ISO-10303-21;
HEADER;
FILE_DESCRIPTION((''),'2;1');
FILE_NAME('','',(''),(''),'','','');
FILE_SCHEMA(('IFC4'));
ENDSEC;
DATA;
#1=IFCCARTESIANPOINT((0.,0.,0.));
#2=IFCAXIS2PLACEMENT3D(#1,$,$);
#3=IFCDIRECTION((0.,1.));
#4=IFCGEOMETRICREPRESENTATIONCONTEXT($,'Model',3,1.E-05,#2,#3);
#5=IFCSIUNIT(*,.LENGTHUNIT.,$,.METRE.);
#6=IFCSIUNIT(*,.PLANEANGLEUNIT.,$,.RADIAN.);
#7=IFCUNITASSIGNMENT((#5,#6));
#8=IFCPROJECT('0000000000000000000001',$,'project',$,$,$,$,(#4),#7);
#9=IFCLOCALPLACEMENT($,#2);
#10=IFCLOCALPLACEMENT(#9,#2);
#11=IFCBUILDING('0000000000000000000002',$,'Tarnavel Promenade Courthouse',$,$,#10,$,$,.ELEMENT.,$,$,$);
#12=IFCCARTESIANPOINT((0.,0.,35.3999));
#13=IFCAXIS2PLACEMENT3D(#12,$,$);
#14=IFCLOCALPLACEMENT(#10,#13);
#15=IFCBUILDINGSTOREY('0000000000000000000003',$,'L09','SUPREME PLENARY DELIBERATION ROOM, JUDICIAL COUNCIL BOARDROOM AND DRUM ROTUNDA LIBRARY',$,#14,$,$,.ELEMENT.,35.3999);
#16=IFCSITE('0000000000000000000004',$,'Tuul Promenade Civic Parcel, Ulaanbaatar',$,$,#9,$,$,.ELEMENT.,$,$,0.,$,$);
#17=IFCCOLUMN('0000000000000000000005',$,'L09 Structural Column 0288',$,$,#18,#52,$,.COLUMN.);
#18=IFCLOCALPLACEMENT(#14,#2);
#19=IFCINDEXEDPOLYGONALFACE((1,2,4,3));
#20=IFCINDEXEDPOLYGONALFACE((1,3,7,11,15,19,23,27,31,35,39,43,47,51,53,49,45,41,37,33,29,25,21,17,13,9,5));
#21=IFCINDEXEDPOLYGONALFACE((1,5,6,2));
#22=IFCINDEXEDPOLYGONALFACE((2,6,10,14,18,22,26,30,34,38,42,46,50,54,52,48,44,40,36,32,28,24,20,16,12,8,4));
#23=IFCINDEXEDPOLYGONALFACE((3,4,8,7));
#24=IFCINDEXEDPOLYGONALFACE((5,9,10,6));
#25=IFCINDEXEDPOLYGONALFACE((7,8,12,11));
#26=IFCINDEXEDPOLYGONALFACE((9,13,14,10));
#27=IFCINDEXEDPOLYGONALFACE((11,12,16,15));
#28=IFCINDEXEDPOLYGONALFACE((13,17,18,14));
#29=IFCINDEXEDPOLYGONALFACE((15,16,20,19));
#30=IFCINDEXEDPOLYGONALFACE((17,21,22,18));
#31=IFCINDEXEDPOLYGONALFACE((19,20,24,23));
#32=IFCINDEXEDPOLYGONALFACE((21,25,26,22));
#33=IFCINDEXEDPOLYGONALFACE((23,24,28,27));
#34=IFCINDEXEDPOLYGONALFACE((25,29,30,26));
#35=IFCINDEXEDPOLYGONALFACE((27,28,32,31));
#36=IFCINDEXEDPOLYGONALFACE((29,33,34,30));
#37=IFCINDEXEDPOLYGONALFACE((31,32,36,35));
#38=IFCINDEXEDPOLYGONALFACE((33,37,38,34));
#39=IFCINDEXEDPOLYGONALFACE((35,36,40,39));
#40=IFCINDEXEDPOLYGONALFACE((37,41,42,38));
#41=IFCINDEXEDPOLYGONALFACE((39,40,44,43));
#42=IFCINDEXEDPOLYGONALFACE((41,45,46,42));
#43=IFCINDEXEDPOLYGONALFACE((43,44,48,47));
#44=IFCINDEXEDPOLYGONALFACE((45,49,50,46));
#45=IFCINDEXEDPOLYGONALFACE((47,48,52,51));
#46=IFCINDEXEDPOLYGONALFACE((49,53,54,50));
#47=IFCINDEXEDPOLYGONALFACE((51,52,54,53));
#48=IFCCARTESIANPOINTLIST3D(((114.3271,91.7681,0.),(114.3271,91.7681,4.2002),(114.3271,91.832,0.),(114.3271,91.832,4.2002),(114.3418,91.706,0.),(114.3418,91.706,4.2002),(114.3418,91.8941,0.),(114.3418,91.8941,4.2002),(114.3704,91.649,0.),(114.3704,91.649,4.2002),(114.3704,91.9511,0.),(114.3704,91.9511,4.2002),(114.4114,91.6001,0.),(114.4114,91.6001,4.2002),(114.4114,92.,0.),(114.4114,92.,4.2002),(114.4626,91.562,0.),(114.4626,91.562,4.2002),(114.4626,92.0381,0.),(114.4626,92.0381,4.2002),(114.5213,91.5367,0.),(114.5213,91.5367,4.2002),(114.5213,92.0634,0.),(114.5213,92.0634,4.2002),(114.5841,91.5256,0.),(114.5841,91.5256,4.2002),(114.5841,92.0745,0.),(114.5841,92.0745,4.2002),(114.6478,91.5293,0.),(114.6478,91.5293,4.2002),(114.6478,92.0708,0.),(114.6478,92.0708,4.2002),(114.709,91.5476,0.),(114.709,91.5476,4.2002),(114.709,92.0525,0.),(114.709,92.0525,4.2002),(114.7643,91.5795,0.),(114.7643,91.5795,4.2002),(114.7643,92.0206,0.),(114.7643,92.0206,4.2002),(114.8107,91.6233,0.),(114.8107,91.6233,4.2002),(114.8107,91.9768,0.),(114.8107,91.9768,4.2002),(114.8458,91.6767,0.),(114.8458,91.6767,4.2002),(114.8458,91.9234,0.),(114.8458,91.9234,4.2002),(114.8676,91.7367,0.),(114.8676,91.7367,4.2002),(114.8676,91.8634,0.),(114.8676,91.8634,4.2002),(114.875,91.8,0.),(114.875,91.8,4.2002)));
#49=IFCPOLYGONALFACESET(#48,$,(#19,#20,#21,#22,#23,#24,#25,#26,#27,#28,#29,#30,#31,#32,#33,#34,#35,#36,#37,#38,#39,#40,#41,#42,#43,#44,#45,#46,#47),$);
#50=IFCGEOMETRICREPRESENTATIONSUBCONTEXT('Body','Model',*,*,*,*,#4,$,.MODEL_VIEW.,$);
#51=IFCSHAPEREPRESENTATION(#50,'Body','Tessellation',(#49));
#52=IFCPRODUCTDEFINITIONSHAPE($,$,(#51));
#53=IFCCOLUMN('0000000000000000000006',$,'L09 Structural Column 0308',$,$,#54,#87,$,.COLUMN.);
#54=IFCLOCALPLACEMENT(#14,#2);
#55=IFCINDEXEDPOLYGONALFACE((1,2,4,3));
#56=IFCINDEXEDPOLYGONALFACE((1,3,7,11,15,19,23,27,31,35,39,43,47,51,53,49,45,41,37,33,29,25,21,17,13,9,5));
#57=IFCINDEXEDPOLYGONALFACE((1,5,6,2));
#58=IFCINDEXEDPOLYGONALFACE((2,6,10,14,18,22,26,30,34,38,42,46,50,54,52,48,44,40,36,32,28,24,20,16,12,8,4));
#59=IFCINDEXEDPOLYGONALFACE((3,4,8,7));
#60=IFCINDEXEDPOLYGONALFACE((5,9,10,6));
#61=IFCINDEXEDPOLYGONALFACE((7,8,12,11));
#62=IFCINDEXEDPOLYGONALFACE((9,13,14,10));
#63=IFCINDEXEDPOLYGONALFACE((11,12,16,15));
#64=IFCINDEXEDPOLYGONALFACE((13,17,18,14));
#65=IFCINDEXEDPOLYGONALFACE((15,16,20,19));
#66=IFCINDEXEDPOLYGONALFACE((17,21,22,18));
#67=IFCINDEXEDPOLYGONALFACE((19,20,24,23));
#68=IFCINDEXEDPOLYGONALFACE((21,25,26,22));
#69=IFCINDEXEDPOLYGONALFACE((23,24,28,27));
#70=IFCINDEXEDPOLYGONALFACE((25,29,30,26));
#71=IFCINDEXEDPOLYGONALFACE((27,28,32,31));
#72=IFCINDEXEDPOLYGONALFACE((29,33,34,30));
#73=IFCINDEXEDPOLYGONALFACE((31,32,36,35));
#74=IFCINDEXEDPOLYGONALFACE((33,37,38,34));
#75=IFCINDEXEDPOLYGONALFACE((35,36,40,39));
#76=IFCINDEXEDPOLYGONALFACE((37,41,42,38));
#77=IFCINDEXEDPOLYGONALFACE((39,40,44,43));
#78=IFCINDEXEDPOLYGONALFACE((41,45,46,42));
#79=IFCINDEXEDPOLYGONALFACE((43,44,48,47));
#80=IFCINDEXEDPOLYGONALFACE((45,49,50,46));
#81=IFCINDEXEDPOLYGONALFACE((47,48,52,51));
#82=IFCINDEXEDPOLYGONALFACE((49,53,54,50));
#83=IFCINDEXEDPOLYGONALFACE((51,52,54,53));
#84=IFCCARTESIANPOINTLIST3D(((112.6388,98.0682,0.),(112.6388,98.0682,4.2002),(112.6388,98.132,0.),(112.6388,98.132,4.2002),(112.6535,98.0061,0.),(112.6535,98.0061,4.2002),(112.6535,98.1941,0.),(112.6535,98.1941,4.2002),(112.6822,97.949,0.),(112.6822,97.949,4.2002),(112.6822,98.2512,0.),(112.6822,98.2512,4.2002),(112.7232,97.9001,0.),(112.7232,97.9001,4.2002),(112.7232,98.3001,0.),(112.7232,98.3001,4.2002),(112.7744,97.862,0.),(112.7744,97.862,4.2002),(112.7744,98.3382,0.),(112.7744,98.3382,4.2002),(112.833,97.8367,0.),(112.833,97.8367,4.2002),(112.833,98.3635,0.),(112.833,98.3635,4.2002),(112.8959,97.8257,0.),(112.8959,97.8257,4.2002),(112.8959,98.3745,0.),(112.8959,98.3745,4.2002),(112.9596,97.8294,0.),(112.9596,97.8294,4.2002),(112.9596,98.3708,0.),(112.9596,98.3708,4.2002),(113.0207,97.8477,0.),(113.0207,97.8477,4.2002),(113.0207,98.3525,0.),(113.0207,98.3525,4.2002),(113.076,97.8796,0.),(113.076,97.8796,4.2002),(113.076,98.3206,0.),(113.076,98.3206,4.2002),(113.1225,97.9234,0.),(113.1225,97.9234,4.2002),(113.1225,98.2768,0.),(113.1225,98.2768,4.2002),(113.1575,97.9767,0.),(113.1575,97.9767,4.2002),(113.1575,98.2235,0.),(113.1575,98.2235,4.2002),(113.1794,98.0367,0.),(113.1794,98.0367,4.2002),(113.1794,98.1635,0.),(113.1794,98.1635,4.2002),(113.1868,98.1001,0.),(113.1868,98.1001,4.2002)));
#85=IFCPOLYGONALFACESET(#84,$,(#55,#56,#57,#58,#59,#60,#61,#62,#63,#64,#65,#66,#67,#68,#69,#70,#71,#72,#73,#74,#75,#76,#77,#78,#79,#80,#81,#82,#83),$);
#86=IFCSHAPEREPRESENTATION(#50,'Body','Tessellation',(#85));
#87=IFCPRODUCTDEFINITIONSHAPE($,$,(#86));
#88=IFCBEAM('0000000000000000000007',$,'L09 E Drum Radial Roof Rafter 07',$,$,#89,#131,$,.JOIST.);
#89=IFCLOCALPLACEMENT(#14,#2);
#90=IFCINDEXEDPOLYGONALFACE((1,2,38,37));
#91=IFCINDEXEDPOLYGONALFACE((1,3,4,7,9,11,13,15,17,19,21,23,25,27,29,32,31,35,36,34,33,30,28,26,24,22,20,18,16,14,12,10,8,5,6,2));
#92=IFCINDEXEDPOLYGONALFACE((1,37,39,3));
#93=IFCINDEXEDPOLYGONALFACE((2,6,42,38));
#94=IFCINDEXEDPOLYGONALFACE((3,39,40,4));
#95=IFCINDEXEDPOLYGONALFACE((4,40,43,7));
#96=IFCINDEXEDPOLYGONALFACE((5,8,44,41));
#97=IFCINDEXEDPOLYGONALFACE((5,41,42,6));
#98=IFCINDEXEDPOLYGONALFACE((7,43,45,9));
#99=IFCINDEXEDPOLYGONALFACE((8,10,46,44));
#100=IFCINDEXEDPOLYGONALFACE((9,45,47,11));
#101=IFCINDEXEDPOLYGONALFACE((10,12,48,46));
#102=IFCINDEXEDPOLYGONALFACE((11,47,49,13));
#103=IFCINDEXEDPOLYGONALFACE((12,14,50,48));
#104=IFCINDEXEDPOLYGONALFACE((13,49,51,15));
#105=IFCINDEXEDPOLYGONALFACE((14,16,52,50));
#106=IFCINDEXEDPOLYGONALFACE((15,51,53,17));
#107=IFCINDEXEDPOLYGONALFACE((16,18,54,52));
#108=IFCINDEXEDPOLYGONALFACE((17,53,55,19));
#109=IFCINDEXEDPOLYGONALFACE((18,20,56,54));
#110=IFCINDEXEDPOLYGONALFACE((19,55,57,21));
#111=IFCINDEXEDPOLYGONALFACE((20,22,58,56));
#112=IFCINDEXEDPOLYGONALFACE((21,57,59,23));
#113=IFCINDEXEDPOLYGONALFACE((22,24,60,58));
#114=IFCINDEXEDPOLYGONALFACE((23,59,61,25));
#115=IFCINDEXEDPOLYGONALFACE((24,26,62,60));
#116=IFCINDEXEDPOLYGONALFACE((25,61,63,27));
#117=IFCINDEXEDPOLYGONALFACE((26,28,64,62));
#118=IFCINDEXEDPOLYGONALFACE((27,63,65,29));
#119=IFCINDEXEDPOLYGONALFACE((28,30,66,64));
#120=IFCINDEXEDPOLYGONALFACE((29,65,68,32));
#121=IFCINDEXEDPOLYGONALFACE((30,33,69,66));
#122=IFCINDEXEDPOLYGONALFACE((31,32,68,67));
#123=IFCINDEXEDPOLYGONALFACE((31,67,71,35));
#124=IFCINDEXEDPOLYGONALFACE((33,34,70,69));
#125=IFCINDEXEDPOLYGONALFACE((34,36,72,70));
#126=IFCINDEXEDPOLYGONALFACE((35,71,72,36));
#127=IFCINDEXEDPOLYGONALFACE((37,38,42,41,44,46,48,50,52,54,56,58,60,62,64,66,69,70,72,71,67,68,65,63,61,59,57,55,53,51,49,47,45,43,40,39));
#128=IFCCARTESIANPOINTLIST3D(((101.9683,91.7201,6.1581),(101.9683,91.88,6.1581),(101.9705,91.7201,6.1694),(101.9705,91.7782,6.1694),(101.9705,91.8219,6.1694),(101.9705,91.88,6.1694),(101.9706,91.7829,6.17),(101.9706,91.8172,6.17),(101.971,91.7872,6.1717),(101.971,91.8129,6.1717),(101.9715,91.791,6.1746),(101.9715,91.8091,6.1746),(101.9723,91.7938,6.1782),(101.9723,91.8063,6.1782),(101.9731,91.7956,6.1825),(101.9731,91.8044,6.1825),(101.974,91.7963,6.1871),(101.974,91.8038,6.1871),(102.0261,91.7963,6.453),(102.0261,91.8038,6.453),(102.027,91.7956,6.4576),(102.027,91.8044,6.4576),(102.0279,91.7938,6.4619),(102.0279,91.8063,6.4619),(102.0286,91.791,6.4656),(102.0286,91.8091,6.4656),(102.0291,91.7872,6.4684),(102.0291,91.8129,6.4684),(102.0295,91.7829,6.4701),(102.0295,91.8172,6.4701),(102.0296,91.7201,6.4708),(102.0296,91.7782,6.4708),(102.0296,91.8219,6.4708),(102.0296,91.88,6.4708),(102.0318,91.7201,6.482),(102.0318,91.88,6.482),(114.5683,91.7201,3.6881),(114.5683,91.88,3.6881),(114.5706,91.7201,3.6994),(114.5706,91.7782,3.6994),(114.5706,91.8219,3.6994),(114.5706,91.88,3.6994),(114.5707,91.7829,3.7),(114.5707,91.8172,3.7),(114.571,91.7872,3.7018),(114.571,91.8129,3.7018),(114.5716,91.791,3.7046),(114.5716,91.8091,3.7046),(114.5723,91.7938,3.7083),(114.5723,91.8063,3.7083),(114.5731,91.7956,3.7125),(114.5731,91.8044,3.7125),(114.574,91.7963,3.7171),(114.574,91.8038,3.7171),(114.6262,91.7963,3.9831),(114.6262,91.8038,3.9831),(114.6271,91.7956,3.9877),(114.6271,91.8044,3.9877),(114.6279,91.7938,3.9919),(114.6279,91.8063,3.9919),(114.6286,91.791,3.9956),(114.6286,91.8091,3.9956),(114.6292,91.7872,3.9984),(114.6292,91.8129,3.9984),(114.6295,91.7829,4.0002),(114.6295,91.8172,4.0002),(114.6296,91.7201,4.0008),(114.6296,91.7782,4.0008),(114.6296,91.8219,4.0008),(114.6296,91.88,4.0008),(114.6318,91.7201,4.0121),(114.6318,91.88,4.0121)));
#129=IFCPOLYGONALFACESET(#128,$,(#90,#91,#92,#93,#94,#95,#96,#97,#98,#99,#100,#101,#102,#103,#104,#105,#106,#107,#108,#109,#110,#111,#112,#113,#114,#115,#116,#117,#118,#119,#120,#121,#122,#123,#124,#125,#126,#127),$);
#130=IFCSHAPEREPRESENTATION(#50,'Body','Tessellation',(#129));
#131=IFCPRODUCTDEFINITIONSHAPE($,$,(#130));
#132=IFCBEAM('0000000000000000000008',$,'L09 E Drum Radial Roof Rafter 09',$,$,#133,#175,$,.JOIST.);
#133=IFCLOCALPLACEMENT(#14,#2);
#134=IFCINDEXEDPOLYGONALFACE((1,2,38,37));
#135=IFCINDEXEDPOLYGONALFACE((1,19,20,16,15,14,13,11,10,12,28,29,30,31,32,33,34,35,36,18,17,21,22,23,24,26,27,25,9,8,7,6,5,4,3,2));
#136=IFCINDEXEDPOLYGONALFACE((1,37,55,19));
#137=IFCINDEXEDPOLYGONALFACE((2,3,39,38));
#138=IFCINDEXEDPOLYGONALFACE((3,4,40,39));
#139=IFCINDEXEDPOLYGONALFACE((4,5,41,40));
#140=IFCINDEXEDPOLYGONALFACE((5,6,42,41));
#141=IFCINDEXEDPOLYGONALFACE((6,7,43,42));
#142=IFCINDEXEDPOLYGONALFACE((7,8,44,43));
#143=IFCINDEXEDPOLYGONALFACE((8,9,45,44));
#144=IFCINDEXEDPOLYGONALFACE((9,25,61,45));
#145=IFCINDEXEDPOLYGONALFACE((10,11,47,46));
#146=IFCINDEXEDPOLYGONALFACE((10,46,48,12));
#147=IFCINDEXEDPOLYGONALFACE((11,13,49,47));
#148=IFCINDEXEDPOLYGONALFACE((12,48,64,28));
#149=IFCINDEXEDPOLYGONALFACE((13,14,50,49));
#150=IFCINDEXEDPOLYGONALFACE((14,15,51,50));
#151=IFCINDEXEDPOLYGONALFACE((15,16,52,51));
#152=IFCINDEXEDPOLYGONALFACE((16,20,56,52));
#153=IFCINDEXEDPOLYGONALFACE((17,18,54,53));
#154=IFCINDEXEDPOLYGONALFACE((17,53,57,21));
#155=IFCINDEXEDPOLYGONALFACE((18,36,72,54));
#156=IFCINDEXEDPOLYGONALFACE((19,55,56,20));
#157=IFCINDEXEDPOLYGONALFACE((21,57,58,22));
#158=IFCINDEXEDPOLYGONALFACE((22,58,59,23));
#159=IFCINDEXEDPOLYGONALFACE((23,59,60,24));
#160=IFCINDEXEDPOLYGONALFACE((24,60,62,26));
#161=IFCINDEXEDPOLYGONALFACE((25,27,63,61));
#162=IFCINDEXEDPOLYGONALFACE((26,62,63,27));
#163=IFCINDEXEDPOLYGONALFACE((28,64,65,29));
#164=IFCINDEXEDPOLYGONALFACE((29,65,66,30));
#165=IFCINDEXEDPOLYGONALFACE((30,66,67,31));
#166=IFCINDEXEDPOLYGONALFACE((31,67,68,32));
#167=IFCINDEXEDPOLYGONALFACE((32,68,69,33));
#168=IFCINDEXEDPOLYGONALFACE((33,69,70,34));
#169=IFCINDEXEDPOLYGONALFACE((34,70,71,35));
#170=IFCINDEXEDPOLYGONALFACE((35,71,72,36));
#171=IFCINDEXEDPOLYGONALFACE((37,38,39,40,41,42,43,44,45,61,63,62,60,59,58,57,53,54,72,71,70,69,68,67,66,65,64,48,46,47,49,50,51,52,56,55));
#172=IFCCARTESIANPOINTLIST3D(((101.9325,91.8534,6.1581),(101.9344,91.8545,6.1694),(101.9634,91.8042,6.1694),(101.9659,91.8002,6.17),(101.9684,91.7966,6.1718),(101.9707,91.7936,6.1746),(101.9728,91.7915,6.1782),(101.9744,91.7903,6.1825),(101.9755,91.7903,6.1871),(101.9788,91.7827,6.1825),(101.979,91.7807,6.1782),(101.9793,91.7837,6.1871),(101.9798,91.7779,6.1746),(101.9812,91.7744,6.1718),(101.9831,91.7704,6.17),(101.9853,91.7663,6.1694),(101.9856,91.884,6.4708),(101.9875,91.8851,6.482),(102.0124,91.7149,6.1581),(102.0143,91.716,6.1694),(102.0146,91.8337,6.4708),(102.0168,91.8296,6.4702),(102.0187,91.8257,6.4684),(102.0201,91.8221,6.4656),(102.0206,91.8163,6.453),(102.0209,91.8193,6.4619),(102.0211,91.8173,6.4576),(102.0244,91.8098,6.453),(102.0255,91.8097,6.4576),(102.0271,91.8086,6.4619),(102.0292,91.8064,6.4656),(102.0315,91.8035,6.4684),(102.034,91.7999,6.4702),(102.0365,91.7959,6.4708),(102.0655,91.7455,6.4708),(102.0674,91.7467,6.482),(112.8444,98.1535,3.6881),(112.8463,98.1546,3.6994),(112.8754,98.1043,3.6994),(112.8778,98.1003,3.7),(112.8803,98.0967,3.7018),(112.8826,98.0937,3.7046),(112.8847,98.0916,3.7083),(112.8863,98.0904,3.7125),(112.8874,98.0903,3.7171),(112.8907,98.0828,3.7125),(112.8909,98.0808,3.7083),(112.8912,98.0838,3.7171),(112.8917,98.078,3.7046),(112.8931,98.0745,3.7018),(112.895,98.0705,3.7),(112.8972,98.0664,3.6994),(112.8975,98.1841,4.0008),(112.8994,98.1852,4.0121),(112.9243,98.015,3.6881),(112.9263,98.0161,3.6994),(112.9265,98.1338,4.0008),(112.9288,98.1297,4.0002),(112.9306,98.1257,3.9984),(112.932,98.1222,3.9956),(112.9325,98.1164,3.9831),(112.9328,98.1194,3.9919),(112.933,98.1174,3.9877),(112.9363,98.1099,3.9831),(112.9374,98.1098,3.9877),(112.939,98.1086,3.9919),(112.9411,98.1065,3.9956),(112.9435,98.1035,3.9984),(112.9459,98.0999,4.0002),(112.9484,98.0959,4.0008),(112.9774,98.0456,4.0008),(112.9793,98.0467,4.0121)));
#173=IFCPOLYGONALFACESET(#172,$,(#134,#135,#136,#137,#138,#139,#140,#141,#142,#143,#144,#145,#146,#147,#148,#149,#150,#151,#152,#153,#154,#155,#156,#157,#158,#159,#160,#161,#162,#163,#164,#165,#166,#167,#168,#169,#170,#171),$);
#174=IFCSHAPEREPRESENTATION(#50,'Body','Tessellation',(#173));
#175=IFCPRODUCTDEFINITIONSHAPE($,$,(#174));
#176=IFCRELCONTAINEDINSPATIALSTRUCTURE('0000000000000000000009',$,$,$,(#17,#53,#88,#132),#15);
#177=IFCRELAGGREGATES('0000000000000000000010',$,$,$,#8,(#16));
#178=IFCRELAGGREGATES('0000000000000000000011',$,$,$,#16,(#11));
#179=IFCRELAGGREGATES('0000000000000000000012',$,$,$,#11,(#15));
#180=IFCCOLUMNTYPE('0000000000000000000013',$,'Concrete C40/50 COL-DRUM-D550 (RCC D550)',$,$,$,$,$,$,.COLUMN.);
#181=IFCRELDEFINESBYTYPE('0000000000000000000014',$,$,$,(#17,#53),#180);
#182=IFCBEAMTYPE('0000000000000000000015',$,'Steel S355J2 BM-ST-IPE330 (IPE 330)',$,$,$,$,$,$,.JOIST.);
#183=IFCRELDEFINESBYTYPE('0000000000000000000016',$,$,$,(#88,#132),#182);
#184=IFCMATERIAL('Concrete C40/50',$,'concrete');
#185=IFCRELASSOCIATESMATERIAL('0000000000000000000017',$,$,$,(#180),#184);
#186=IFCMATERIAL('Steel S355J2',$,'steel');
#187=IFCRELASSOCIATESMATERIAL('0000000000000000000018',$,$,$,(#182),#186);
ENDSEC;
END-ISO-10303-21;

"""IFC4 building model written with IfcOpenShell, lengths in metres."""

from ifc_helpers import new_model, si_unit, direction, frame, origin, origin_2d, place, context, subcontext, project, spatial, circle, i_section, extrude, material, material_profile, profile_set, type_object, element, save


model = new_model("IFC4")

# Units and contexts
model_context = context("Model", 3, precision=1e-05, world=origin(), true_north=direction((0.0, 1.0)))
body_context = subcontext(model_context, "Body", "Model", "MODEL_VIEW")
ifc_project = project(units=[si_unit("LENGTHUNIT", "METRE"), si_unit("PLANEANGLEUNIT", "RADIAN")], contexts=[model_context])

# Site, building, storey
site_placement = place(None, origin())
site = spatial("IfcSite", under=ifc_project, at=site_placement, Name="Tuul Promenade Civic Parcel, Ulaanbaatar", CompositionType="ELEMENT", RefElevation=0.0)
building_placement = place(site_placement, origin())
building = spatial("IfcBuilding", under=site, at=building_placement, Name="Tarnavel Promenade Courthouse", CompositionType="ELEMENT")
storey_placement = place(building_placement, frame((0.0, 0.0, 35.3999)))
storey = spatial("IfcBuildingStorey", under=building, at=storey_placement, Name="L09", Description="SUPREME PLENARY DELIBERATION ROOM, JUDICIAL COUNCIL BOARDROOM AND DRUM ROTUNDA LIBRARY", CompositionType="ELEMENT", Elevation=35.3999)

# Columns
ifc_material_1 = material(Name="Concrete C40/50", Category="concrete")
ifc_material_profile_1 = material_profile(ifc_material_1, circle(Radius=0.2749, at=origin_2d()), Name="RCC D550")
ifc_profile_set_1 = profile_set([ifc_material_profile_1], Name="Concrete C40/50")
column_type = type_object("IfcColumnType", Name="Concrete C40/50 COL-DRUM-D550 (RCC D550)", PredefinedType="COLUMN", material=ifc_profile_set_1)
for number, where, z_axis, x_axis, name in (
    (1, (114.6001, 91.8, 0.0), (0.0, 0.0, 1.0), (1.0, 0.0, 0.0), "L09 Structural Column 0288"),
    (2, (112.9119, 98.1001, 0.0), (0.0, 0.0, 1.0), (1.0, 0.0, 0.0), "L09 Structural Column 0308"),
):
    element("IfcColumn", number, at=place(storey_placement, frame(where, z_axis=z_axis, x_axis=x_axis)), inside=storey, type_object=column_type, Name=name, PredefinedType="COLUMN", context=body_context, shape_type="SweptSolid", body=[
        extrude(circle(Radius=0.2749, at=origin_2d()), origin(), (0.0, 0.0, 1.0), 4.2002),
    ])

# Beams
ifc_material_2 = material(Name="Steel S355J2", Category="steel")
ifc_material_profile_2 = material_profile(ifc_material_2, i_section(OverallWidth=0.1599, OverallDepth=0.3301, WebThickness=0.0076, FlangeThickness=0.0115, FilletRadius=0.0181, at=origin_2d()), Name="IPE 330")
ifc_profile_set_2 = profile_set([ifc_material_profile_2], Name="Steel S355J2")
beam_type_1 = type_object("IfcBeamType", Name="Steel S355J2 BM-ST-IPE330 (IPE 330)", PredefinedType="JOIST", material=ifc_profile_set_2)
for number, where, z_axis, x_axis, name in (
    (3, (114.6001, 91.8, 3.8501), (-0.981323, 0.0, 0.192367), (0.0, -1.0, 0.0), "L09 E Drum Radial Roof Rafter 07"),
    (4, (112.9119, 98.1001, 3.8501), (-0.849848, -0.490666, 0.192368), (0.500005, -0.866023, 0.0), "L09 E Drum Radial Roof Rafter 09"),
):
    element("IfcBeam", number, at=place(storey_placement, frame(where, z_axis=z_axis, x_axis=x_axis)), inside=storey, type_object=beam_type_1, Name=name, PredefinedType="JOIST", context=body_context, shape_type="SweptSolid", body=[
        extrude(i_section(OverallWidth=0.1599, OverallDepth=0.3301, WebThickness=0.0076, FlangeThickness=0.0115, FilletRadius=0.0181, at=origin_2d()), origin(), (0.0, 0.0, 1.0), 12.8398),
    ])

save(model, "model.ifc")
